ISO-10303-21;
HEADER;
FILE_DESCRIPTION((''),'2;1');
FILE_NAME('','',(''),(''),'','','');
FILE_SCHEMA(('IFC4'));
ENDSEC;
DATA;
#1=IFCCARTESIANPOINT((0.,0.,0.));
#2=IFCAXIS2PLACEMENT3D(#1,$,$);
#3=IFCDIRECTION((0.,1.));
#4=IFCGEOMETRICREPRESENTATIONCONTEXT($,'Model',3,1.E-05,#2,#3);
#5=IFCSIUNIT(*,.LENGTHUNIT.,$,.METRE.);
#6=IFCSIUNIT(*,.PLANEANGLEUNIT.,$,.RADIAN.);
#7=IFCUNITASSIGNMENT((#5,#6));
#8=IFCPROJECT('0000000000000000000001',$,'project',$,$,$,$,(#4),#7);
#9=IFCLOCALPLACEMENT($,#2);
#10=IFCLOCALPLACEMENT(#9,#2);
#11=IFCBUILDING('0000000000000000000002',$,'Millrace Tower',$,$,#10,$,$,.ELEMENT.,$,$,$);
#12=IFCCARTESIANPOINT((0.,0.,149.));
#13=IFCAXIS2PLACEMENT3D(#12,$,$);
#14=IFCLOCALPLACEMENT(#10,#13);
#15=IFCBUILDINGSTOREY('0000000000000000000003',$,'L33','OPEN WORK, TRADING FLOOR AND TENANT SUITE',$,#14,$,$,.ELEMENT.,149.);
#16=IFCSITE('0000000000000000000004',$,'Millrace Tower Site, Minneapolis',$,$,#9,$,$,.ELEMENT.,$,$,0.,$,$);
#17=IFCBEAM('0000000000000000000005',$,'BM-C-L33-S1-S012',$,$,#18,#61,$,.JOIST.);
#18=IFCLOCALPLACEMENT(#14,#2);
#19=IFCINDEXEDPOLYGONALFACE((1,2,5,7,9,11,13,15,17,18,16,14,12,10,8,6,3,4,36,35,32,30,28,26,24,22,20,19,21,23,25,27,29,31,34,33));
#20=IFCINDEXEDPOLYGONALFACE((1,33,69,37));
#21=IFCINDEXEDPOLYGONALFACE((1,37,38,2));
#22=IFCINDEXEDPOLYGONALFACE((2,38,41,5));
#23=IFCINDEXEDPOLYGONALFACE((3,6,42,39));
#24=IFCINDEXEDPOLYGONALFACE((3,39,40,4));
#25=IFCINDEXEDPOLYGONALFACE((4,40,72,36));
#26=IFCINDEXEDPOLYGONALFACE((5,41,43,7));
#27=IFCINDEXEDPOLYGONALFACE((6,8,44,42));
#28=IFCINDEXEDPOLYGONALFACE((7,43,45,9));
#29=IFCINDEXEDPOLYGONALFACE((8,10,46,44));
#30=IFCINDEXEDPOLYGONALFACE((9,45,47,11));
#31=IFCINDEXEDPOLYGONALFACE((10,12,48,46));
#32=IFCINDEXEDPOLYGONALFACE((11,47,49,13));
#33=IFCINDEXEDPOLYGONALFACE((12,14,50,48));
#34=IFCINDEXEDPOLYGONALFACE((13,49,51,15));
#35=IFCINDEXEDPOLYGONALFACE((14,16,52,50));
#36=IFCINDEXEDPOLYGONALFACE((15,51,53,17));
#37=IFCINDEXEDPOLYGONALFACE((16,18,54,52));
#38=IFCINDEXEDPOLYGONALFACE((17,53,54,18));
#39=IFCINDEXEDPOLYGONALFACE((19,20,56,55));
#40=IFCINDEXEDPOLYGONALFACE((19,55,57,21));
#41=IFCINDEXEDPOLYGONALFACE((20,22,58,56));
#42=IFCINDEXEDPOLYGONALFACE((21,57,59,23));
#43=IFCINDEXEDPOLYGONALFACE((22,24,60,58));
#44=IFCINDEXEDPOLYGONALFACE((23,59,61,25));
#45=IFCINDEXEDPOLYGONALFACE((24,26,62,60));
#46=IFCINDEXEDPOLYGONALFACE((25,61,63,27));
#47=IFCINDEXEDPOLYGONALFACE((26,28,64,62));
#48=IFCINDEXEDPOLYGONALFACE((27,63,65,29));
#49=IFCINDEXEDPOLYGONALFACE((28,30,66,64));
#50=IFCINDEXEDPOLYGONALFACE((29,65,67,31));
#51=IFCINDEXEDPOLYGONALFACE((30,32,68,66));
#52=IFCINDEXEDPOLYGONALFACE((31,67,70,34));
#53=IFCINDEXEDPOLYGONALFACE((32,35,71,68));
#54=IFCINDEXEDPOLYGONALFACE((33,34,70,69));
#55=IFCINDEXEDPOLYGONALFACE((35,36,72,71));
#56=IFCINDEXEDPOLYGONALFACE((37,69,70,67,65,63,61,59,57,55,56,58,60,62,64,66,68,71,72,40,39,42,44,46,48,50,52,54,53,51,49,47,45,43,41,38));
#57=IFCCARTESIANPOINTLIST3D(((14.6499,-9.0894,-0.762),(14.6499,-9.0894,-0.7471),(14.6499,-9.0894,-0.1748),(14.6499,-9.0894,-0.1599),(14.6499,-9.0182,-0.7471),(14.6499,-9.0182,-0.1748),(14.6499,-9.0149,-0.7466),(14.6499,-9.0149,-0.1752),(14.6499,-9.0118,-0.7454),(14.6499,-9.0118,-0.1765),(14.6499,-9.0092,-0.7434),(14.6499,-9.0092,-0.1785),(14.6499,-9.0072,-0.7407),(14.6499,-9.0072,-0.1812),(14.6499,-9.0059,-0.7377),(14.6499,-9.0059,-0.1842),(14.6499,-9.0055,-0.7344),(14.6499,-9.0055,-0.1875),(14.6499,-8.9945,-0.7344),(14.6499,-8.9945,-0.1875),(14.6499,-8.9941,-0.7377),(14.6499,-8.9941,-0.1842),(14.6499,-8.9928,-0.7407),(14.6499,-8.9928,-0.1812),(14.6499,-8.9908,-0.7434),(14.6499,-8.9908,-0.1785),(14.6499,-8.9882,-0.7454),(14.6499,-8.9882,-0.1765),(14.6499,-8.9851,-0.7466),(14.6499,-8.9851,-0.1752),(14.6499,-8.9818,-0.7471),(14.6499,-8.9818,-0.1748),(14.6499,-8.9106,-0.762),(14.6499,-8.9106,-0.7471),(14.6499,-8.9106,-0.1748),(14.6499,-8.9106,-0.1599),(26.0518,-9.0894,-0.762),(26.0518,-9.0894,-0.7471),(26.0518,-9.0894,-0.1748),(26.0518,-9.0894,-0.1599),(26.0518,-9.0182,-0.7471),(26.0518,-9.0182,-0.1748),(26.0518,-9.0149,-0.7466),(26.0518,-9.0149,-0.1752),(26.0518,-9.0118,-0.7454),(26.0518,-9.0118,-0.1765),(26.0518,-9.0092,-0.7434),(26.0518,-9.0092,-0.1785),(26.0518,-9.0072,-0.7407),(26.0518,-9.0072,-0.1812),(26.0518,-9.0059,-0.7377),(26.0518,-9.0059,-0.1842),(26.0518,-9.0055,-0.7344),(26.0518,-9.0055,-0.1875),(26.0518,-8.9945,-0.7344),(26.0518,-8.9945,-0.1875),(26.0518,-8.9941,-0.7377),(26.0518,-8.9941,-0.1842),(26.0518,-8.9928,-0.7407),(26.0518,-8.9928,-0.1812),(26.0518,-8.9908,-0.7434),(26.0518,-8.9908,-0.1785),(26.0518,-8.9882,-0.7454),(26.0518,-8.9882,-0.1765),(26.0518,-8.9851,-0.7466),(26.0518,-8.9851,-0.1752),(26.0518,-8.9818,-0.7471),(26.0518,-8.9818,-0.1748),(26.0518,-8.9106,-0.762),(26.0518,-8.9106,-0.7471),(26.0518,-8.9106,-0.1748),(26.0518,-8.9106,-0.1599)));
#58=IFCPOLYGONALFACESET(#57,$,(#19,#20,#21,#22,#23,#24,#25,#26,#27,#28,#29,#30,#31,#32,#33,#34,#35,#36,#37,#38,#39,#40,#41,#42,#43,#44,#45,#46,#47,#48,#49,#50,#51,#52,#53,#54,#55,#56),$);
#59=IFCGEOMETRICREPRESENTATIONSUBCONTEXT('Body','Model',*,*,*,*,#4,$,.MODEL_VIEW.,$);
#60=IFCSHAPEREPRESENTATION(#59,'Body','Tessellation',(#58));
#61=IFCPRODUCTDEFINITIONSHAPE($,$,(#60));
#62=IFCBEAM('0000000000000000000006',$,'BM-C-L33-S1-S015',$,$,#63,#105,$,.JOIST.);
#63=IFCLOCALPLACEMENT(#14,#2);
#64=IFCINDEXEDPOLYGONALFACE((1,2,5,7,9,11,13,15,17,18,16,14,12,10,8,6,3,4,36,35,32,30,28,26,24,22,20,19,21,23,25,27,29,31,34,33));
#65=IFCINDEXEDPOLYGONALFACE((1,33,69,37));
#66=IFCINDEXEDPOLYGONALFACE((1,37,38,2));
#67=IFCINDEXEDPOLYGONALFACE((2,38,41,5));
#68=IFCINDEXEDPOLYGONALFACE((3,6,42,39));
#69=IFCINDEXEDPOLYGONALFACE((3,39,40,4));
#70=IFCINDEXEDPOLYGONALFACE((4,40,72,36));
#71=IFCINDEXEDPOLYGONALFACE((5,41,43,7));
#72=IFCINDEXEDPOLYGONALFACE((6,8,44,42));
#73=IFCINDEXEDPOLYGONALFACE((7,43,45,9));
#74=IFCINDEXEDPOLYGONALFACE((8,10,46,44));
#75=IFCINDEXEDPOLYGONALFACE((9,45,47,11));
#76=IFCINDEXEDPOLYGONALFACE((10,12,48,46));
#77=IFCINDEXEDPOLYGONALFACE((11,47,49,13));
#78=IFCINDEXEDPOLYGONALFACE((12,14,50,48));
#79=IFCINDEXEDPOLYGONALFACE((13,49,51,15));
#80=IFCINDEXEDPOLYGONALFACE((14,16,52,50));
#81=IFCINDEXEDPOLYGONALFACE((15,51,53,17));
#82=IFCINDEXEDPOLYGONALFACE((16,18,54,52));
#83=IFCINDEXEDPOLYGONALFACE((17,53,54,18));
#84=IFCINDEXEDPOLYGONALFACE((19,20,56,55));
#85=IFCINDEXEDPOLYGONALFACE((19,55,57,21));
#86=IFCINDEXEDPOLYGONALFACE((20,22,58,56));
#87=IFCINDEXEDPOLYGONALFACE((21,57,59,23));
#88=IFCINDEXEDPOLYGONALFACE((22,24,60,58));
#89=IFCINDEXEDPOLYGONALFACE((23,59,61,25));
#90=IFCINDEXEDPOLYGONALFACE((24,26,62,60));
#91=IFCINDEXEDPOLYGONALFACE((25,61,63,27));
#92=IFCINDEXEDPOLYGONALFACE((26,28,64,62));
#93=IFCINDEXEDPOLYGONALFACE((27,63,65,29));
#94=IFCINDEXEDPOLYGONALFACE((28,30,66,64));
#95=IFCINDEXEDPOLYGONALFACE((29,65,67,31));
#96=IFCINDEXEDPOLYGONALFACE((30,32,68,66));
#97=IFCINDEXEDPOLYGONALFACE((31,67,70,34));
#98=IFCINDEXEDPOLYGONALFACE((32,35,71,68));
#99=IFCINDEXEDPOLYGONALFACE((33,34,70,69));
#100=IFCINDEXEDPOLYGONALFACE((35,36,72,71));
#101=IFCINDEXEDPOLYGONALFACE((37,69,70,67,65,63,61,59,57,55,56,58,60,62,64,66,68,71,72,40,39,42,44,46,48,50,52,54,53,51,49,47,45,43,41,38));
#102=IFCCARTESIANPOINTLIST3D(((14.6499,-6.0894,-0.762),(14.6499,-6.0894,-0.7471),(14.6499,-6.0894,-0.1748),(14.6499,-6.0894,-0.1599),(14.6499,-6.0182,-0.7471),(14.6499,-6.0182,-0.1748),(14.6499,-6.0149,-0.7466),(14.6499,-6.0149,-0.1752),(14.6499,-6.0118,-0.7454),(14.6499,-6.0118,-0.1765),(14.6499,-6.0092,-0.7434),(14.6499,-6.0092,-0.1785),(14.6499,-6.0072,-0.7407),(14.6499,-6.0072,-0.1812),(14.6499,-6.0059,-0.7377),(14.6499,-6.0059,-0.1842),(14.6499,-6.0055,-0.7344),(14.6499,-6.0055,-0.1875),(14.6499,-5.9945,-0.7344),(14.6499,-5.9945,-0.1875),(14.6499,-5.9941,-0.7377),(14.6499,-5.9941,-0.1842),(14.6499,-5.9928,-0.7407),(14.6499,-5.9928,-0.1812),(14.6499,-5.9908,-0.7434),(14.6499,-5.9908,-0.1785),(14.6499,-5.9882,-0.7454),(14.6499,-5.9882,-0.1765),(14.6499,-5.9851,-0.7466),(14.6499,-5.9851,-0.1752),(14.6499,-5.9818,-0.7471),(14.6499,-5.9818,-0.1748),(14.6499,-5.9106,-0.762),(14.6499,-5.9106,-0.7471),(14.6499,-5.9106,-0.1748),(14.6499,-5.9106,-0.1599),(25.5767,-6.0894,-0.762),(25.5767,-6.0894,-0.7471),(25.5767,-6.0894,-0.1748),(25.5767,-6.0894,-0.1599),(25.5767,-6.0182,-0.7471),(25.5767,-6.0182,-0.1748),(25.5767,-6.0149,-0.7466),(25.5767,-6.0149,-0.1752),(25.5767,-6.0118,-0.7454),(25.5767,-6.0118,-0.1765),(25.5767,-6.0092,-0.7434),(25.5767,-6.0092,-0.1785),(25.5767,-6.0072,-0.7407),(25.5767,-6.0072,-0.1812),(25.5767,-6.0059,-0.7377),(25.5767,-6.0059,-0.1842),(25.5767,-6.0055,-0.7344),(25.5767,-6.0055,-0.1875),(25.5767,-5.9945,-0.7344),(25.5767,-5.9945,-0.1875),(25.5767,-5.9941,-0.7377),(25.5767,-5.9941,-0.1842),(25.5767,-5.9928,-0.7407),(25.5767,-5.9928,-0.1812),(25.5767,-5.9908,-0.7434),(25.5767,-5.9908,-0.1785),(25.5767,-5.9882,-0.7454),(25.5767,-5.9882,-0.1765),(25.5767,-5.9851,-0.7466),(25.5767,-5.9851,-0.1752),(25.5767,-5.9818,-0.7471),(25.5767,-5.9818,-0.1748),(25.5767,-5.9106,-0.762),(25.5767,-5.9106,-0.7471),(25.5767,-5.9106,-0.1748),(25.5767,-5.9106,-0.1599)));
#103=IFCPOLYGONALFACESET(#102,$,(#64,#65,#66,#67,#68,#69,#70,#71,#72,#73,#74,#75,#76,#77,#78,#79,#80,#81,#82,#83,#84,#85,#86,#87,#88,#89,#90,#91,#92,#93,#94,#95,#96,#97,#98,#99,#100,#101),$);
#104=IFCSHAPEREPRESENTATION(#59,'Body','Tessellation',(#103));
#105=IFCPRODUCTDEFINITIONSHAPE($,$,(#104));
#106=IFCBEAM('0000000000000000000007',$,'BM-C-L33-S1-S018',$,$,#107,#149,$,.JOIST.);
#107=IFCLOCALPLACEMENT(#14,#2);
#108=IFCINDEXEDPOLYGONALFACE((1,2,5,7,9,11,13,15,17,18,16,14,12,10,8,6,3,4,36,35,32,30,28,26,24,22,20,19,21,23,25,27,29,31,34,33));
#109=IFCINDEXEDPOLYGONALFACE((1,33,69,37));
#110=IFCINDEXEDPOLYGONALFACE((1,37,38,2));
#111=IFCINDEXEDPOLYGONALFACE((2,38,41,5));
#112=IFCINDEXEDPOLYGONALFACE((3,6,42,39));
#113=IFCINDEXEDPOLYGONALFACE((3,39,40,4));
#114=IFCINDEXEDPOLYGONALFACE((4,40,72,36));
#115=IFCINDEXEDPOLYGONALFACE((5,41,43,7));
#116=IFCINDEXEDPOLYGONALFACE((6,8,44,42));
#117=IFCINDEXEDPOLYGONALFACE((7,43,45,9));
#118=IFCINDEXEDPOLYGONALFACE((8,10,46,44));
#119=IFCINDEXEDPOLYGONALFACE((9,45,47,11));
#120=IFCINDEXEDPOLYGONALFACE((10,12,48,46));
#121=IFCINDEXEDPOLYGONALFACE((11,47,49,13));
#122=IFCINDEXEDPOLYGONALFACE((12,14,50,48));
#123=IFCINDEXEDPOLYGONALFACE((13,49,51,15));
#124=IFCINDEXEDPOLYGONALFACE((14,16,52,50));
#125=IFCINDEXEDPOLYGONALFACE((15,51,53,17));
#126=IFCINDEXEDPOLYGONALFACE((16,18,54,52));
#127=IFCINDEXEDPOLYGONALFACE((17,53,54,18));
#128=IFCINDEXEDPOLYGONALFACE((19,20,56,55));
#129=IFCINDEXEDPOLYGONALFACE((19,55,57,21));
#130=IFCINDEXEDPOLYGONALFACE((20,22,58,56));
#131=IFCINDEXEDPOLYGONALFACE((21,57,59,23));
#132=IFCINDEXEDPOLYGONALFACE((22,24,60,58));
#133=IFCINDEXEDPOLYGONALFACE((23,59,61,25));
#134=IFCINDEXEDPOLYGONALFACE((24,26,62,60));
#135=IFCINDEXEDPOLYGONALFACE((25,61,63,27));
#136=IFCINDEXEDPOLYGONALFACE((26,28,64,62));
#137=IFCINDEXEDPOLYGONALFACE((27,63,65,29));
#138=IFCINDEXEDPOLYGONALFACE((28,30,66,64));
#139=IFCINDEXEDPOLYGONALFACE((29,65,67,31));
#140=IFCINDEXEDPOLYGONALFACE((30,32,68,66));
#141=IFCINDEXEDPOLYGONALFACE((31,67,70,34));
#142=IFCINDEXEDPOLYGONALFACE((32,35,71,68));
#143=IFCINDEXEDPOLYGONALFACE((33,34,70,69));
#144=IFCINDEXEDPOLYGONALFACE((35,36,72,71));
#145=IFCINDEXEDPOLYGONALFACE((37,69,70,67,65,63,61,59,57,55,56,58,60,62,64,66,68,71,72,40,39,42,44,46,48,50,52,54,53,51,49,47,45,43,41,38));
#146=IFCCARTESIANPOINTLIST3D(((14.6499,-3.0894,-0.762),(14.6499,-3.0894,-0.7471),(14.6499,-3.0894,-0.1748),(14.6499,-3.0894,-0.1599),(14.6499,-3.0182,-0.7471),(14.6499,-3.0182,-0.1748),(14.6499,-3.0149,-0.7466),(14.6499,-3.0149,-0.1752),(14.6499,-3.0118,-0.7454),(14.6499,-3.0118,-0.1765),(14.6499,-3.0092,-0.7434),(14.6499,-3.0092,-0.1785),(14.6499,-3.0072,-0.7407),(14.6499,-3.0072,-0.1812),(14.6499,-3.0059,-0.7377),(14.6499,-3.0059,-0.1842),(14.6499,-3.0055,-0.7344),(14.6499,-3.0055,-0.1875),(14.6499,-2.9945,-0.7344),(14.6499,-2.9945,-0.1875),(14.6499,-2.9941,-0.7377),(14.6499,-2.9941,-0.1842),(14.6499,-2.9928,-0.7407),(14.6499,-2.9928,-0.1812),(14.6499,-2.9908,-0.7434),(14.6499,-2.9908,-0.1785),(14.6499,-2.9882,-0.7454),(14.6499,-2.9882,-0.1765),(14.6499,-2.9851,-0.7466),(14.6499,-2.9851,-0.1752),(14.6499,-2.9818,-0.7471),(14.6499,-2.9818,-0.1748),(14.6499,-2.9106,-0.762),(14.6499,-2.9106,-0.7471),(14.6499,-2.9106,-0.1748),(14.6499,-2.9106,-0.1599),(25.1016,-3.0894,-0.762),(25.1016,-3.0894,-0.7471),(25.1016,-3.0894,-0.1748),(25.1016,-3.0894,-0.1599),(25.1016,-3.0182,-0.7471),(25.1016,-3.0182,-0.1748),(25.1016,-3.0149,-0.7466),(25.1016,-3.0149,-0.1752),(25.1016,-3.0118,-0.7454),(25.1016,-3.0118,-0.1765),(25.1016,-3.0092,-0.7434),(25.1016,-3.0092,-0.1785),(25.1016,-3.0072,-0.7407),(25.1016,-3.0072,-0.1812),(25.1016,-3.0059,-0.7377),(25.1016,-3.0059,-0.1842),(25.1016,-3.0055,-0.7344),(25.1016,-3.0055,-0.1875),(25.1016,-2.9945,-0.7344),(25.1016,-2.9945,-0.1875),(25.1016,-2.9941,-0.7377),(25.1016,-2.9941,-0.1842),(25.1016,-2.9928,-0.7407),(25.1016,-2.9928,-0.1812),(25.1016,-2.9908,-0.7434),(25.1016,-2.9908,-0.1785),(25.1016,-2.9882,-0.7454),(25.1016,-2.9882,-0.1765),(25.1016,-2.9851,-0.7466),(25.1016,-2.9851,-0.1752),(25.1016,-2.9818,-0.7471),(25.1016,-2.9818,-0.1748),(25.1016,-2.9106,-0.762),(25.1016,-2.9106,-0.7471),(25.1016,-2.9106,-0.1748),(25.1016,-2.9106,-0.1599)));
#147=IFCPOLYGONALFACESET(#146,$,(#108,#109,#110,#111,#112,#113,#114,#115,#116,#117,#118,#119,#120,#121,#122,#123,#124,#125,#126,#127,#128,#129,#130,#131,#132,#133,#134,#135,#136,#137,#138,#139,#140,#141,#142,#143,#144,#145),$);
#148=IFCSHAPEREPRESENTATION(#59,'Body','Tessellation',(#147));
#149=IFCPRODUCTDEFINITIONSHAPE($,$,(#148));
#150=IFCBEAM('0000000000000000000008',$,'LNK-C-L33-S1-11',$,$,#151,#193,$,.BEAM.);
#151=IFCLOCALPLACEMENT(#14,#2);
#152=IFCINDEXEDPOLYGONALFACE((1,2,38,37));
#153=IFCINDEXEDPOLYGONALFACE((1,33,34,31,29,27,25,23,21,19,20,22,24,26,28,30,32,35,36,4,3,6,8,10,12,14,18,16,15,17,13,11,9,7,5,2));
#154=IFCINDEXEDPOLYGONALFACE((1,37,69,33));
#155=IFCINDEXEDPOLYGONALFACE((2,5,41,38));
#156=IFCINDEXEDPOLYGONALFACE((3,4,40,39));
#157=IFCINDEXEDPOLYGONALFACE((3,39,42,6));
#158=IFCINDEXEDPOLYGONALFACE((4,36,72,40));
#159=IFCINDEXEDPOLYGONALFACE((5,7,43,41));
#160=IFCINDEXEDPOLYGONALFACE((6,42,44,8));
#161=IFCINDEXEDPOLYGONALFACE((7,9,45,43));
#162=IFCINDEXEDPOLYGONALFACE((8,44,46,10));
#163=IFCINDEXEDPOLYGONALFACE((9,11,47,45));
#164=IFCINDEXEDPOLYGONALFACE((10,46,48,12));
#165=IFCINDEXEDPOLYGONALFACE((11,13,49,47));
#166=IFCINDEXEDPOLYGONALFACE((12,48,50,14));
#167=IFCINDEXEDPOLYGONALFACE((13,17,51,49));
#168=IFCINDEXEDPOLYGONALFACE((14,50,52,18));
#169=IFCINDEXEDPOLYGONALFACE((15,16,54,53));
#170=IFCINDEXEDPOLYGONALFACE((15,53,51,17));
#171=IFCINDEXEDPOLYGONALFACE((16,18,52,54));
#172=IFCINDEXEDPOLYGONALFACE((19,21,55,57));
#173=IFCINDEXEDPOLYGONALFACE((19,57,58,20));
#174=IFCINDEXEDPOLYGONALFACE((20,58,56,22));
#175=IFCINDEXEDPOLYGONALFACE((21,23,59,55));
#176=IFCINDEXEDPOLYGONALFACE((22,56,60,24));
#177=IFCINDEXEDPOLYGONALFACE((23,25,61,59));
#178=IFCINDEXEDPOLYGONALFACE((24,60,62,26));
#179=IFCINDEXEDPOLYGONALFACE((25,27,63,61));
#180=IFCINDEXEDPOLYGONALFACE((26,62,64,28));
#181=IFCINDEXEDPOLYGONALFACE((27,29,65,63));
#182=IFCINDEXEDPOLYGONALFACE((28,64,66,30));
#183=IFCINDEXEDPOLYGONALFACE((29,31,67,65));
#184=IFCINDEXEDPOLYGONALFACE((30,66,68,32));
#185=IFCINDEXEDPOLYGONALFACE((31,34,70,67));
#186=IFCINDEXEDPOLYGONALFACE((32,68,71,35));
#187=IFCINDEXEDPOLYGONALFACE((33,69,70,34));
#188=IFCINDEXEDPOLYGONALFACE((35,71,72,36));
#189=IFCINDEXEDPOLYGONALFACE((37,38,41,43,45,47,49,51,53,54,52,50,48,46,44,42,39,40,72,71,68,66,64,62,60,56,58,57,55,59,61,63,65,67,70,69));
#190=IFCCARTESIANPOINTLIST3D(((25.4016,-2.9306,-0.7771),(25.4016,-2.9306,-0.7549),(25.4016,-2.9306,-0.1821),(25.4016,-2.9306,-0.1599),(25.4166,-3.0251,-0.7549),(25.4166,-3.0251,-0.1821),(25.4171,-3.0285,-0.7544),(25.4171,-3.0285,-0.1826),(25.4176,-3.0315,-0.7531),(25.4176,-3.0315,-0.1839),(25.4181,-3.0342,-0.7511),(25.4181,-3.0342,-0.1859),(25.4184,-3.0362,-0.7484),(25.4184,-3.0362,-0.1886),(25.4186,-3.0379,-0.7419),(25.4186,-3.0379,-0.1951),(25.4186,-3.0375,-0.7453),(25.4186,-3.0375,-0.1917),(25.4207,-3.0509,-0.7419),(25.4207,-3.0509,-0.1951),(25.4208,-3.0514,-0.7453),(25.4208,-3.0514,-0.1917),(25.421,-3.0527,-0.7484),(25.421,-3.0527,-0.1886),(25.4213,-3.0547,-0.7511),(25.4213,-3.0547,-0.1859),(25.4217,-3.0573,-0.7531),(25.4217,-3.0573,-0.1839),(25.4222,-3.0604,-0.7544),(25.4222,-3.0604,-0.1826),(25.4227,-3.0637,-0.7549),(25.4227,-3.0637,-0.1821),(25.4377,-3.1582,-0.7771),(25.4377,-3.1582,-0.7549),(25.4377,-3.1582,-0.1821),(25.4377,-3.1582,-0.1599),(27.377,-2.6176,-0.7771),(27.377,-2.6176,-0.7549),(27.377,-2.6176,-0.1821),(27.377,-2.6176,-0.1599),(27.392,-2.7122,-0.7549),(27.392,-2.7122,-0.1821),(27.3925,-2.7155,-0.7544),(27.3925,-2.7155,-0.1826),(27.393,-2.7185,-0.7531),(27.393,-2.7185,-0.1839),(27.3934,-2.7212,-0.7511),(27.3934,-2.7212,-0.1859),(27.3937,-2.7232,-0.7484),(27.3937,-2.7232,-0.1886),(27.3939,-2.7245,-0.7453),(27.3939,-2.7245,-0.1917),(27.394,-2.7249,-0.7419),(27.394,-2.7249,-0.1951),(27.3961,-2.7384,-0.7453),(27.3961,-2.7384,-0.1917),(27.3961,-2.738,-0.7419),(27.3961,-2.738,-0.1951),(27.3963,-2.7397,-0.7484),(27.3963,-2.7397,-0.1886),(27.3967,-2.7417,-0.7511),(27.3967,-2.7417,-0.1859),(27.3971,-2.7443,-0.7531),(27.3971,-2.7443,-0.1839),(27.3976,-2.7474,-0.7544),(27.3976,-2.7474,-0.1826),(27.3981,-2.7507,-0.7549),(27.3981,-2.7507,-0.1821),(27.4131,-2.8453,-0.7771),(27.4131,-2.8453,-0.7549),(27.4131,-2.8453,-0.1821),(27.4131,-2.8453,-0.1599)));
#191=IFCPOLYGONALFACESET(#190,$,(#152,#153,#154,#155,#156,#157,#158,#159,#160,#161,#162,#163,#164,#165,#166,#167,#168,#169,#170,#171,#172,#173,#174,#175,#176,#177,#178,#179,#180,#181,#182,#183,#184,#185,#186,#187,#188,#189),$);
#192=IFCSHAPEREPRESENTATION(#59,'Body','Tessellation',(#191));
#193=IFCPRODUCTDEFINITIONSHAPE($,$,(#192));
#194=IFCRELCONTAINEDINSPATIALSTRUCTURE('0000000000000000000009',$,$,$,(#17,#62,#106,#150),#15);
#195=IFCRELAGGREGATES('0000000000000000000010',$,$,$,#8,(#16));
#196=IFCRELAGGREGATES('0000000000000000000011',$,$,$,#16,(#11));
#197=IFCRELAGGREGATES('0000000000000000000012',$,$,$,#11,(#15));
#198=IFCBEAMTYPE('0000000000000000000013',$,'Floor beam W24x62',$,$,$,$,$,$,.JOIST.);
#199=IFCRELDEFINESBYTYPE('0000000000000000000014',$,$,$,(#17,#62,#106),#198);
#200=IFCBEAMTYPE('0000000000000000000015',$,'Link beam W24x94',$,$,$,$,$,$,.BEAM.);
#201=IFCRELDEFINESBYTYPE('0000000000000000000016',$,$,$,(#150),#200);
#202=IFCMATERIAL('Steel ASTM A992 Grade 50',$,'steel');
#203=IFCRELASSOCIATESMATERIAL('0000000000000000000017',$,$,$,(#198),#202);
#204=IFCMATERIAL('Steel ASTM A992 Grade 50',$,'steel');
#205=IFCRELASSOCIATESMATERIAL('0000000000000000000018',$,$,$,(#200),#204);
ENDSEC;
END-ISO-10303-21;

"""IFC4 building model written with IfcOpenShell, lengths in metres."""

from ifc_helpers import new_model, si_unit, direction, frame, origin, origin_2d, place, context, subcontext, project, spatial, i_section, extrude, material, material_profile, profile_set, type_object, element, save


model = new_model("IFC4")

# Units and contexts
model_context = context("Model", 3, precision=1e-05, world=origin(), true_north=direction((0.0, 1.0)))
body_context = subcontext(model_context, "Body", "Model", "MODEL_VIEW")
ifc_project = project(units=[si_unit("LENGTHUNIT", "METRE"), si_unit("PLANEANGLEUNIT", "RADIAN")], contexts=[model_context])

# Site, building, storey
site_placement = place(None, origin())
site = spatial("IfcSite", under=ifc_project, at=site_placement, Name="Millrace Tower Site, Minneapolis", CompositionType="ELEMENT", RefElevation=0.0)
building_placement = place(site_placement, origin())
building = spatial("IfcBuilding", under=site, at=building_placement, Name="Millrace Tower", CompositionType="ELEMENT")
storey_placement = place(building_placement, frame((0.0, 0.0, 149.0)))
storey = spatial("IfcBuildingStorey", under=building, at=storey_placement, Name="L33", Description="OPEN WORK, TRADING FLOOR AND TENANT SUITE", CompositionType="ELEMENT", Elevation=149.0)

# Beams
ifc_material_1 = material(Name="Steel ASTM A992 Grade 50", Category="steel")
ifc_material_profile_1 = material_profile(ifc_material_1, i_section(OverallWidth=0.1787, OverallDepth=0.6021, WebThickness=0.011, FlangeThickness=0.0149, FilletRadius=0.0127, at=origin_2d()))
ifc_profile_set_1 = profile_set([ifc_material_profile_1], Name="Steel ASTM A992 Grade 50")
beam_type_1 = type_object("IfcBeamType", Name="Floor beam W24x62", PredefinedType="JOIST", material=ifc_profile_set_1)
beam_1_placement = place(storey_placement, frame((14.6499, -9.0, -0.4609), z_axis=(1.0, 0.0, 0.0), x_axis=(0.0, 1.0, 0.0)))
element("IfcBeam", 1, at=beam_1_placement, inside=storey, type_object=beam_type_1, Name="BM-C-L33-S1-S012", PredefinedType="JOIST", context=body_context, shape_type="SweptSolid", body=[
    extrude(i_section(OverallWidth=0.1787, OverallDepth=0.6021, WebThickness=0.011, FlangeThickness=0.0149, FilletRadius=0.0127, at=origin_2d()), origin(), (0.0, 0.0, 1.0), 11.4019),
])
beam_2_placement = place(storey_placement, frame((14.6499, -6.0, -0.4609), z_axis=(1.0, 0.0, 0.0), x_axis=(0.0, 1.0, 0.0)))
element("IfcBeam", 2, at=beam_2_placement, inside=storey, type_object=beam_type_1, Name="BM-C-L33-S1-S015", PredefinedType="JOIST", context=body_context, shape_type="SweptSolid", body=[
    extrude(i_section(OverallWidth=0.1787, OverallDepth=0.6021, WebThickness=0.011, FlangeThickness=0.0149, FilletRadius=0.0127, at=origin_2d()), origin(), (0.0, 0.0, 1.0), 10.9268),
])
beam_3_placement = place(storey_placement, frame((14.6499, -3.0, -0.4609), z_axis=(1.0, 0.0, 0.0), x_axis=(0.0, 1.0, 0.0)))
element("IfcBeam", 3, at=beam_3_placement, inside=storey, type_object=beam_type_1, Name="BM-C-L33-S1-S018", PredefinedType="JOIST", context=body_context, shape_type="SweptSolid", body=[
    extrude(i_section(OverallWidth=0.1787, OverallDepth=0.6021, WebThickness=0.011, FlangeThickness=0.0149, FilletRadius=0.0127, at=origin_2d()), origin(), (0.0, 0.0, 1.0), 10.4517),
])
ifc_material_2 = material(Name="Steel ASTM A992 Grade 50", Category="steel")
ifc_material_profile_2 = material_profile(ifc_material_2, i_section(OverallWidth=0.2305, OverallDepth=0.6172, WebThickness=0.0132, FlangeThickness=0.0222, FilletRadius=0.0129, at=origin_2d()))
ifc_profile_set_2 = profile_set([ifc_material_profile_2], Name="Steel ASTM A992 Grade 50")
beam_type_2 = type_object("IfcBeamType", Name="Link beam W24x94", PredefinedType="BEAM", material=ifc_profile_set_2)
beam_4_placement = place(storey_placement, frame((25.4197, -3.0444, -0.4685), z_axis=(0.987679, 0.156495, 0.0), x_axis=(-0.156495, 0.987679, 0.0)))
element("IfcBeam", 4, at=beam_4_placement, inside=storey, type_object=beam_type_2, Name="LNK-C-L33-S1-11", PredefinedType="BEAM", context=body_context, shape_type="SweptSolid", body=[
    extrude(i_section(OverallWidth=0.2305, OverallDepth=0.6172, WebThickness=0.0132, FlangeThickness=0.0222, FilletRadius=0.0129, at=origin_2d()), origin(), (0.0, 0.0, 1.0), 2.0),
])

save(model, "model.ifc")
